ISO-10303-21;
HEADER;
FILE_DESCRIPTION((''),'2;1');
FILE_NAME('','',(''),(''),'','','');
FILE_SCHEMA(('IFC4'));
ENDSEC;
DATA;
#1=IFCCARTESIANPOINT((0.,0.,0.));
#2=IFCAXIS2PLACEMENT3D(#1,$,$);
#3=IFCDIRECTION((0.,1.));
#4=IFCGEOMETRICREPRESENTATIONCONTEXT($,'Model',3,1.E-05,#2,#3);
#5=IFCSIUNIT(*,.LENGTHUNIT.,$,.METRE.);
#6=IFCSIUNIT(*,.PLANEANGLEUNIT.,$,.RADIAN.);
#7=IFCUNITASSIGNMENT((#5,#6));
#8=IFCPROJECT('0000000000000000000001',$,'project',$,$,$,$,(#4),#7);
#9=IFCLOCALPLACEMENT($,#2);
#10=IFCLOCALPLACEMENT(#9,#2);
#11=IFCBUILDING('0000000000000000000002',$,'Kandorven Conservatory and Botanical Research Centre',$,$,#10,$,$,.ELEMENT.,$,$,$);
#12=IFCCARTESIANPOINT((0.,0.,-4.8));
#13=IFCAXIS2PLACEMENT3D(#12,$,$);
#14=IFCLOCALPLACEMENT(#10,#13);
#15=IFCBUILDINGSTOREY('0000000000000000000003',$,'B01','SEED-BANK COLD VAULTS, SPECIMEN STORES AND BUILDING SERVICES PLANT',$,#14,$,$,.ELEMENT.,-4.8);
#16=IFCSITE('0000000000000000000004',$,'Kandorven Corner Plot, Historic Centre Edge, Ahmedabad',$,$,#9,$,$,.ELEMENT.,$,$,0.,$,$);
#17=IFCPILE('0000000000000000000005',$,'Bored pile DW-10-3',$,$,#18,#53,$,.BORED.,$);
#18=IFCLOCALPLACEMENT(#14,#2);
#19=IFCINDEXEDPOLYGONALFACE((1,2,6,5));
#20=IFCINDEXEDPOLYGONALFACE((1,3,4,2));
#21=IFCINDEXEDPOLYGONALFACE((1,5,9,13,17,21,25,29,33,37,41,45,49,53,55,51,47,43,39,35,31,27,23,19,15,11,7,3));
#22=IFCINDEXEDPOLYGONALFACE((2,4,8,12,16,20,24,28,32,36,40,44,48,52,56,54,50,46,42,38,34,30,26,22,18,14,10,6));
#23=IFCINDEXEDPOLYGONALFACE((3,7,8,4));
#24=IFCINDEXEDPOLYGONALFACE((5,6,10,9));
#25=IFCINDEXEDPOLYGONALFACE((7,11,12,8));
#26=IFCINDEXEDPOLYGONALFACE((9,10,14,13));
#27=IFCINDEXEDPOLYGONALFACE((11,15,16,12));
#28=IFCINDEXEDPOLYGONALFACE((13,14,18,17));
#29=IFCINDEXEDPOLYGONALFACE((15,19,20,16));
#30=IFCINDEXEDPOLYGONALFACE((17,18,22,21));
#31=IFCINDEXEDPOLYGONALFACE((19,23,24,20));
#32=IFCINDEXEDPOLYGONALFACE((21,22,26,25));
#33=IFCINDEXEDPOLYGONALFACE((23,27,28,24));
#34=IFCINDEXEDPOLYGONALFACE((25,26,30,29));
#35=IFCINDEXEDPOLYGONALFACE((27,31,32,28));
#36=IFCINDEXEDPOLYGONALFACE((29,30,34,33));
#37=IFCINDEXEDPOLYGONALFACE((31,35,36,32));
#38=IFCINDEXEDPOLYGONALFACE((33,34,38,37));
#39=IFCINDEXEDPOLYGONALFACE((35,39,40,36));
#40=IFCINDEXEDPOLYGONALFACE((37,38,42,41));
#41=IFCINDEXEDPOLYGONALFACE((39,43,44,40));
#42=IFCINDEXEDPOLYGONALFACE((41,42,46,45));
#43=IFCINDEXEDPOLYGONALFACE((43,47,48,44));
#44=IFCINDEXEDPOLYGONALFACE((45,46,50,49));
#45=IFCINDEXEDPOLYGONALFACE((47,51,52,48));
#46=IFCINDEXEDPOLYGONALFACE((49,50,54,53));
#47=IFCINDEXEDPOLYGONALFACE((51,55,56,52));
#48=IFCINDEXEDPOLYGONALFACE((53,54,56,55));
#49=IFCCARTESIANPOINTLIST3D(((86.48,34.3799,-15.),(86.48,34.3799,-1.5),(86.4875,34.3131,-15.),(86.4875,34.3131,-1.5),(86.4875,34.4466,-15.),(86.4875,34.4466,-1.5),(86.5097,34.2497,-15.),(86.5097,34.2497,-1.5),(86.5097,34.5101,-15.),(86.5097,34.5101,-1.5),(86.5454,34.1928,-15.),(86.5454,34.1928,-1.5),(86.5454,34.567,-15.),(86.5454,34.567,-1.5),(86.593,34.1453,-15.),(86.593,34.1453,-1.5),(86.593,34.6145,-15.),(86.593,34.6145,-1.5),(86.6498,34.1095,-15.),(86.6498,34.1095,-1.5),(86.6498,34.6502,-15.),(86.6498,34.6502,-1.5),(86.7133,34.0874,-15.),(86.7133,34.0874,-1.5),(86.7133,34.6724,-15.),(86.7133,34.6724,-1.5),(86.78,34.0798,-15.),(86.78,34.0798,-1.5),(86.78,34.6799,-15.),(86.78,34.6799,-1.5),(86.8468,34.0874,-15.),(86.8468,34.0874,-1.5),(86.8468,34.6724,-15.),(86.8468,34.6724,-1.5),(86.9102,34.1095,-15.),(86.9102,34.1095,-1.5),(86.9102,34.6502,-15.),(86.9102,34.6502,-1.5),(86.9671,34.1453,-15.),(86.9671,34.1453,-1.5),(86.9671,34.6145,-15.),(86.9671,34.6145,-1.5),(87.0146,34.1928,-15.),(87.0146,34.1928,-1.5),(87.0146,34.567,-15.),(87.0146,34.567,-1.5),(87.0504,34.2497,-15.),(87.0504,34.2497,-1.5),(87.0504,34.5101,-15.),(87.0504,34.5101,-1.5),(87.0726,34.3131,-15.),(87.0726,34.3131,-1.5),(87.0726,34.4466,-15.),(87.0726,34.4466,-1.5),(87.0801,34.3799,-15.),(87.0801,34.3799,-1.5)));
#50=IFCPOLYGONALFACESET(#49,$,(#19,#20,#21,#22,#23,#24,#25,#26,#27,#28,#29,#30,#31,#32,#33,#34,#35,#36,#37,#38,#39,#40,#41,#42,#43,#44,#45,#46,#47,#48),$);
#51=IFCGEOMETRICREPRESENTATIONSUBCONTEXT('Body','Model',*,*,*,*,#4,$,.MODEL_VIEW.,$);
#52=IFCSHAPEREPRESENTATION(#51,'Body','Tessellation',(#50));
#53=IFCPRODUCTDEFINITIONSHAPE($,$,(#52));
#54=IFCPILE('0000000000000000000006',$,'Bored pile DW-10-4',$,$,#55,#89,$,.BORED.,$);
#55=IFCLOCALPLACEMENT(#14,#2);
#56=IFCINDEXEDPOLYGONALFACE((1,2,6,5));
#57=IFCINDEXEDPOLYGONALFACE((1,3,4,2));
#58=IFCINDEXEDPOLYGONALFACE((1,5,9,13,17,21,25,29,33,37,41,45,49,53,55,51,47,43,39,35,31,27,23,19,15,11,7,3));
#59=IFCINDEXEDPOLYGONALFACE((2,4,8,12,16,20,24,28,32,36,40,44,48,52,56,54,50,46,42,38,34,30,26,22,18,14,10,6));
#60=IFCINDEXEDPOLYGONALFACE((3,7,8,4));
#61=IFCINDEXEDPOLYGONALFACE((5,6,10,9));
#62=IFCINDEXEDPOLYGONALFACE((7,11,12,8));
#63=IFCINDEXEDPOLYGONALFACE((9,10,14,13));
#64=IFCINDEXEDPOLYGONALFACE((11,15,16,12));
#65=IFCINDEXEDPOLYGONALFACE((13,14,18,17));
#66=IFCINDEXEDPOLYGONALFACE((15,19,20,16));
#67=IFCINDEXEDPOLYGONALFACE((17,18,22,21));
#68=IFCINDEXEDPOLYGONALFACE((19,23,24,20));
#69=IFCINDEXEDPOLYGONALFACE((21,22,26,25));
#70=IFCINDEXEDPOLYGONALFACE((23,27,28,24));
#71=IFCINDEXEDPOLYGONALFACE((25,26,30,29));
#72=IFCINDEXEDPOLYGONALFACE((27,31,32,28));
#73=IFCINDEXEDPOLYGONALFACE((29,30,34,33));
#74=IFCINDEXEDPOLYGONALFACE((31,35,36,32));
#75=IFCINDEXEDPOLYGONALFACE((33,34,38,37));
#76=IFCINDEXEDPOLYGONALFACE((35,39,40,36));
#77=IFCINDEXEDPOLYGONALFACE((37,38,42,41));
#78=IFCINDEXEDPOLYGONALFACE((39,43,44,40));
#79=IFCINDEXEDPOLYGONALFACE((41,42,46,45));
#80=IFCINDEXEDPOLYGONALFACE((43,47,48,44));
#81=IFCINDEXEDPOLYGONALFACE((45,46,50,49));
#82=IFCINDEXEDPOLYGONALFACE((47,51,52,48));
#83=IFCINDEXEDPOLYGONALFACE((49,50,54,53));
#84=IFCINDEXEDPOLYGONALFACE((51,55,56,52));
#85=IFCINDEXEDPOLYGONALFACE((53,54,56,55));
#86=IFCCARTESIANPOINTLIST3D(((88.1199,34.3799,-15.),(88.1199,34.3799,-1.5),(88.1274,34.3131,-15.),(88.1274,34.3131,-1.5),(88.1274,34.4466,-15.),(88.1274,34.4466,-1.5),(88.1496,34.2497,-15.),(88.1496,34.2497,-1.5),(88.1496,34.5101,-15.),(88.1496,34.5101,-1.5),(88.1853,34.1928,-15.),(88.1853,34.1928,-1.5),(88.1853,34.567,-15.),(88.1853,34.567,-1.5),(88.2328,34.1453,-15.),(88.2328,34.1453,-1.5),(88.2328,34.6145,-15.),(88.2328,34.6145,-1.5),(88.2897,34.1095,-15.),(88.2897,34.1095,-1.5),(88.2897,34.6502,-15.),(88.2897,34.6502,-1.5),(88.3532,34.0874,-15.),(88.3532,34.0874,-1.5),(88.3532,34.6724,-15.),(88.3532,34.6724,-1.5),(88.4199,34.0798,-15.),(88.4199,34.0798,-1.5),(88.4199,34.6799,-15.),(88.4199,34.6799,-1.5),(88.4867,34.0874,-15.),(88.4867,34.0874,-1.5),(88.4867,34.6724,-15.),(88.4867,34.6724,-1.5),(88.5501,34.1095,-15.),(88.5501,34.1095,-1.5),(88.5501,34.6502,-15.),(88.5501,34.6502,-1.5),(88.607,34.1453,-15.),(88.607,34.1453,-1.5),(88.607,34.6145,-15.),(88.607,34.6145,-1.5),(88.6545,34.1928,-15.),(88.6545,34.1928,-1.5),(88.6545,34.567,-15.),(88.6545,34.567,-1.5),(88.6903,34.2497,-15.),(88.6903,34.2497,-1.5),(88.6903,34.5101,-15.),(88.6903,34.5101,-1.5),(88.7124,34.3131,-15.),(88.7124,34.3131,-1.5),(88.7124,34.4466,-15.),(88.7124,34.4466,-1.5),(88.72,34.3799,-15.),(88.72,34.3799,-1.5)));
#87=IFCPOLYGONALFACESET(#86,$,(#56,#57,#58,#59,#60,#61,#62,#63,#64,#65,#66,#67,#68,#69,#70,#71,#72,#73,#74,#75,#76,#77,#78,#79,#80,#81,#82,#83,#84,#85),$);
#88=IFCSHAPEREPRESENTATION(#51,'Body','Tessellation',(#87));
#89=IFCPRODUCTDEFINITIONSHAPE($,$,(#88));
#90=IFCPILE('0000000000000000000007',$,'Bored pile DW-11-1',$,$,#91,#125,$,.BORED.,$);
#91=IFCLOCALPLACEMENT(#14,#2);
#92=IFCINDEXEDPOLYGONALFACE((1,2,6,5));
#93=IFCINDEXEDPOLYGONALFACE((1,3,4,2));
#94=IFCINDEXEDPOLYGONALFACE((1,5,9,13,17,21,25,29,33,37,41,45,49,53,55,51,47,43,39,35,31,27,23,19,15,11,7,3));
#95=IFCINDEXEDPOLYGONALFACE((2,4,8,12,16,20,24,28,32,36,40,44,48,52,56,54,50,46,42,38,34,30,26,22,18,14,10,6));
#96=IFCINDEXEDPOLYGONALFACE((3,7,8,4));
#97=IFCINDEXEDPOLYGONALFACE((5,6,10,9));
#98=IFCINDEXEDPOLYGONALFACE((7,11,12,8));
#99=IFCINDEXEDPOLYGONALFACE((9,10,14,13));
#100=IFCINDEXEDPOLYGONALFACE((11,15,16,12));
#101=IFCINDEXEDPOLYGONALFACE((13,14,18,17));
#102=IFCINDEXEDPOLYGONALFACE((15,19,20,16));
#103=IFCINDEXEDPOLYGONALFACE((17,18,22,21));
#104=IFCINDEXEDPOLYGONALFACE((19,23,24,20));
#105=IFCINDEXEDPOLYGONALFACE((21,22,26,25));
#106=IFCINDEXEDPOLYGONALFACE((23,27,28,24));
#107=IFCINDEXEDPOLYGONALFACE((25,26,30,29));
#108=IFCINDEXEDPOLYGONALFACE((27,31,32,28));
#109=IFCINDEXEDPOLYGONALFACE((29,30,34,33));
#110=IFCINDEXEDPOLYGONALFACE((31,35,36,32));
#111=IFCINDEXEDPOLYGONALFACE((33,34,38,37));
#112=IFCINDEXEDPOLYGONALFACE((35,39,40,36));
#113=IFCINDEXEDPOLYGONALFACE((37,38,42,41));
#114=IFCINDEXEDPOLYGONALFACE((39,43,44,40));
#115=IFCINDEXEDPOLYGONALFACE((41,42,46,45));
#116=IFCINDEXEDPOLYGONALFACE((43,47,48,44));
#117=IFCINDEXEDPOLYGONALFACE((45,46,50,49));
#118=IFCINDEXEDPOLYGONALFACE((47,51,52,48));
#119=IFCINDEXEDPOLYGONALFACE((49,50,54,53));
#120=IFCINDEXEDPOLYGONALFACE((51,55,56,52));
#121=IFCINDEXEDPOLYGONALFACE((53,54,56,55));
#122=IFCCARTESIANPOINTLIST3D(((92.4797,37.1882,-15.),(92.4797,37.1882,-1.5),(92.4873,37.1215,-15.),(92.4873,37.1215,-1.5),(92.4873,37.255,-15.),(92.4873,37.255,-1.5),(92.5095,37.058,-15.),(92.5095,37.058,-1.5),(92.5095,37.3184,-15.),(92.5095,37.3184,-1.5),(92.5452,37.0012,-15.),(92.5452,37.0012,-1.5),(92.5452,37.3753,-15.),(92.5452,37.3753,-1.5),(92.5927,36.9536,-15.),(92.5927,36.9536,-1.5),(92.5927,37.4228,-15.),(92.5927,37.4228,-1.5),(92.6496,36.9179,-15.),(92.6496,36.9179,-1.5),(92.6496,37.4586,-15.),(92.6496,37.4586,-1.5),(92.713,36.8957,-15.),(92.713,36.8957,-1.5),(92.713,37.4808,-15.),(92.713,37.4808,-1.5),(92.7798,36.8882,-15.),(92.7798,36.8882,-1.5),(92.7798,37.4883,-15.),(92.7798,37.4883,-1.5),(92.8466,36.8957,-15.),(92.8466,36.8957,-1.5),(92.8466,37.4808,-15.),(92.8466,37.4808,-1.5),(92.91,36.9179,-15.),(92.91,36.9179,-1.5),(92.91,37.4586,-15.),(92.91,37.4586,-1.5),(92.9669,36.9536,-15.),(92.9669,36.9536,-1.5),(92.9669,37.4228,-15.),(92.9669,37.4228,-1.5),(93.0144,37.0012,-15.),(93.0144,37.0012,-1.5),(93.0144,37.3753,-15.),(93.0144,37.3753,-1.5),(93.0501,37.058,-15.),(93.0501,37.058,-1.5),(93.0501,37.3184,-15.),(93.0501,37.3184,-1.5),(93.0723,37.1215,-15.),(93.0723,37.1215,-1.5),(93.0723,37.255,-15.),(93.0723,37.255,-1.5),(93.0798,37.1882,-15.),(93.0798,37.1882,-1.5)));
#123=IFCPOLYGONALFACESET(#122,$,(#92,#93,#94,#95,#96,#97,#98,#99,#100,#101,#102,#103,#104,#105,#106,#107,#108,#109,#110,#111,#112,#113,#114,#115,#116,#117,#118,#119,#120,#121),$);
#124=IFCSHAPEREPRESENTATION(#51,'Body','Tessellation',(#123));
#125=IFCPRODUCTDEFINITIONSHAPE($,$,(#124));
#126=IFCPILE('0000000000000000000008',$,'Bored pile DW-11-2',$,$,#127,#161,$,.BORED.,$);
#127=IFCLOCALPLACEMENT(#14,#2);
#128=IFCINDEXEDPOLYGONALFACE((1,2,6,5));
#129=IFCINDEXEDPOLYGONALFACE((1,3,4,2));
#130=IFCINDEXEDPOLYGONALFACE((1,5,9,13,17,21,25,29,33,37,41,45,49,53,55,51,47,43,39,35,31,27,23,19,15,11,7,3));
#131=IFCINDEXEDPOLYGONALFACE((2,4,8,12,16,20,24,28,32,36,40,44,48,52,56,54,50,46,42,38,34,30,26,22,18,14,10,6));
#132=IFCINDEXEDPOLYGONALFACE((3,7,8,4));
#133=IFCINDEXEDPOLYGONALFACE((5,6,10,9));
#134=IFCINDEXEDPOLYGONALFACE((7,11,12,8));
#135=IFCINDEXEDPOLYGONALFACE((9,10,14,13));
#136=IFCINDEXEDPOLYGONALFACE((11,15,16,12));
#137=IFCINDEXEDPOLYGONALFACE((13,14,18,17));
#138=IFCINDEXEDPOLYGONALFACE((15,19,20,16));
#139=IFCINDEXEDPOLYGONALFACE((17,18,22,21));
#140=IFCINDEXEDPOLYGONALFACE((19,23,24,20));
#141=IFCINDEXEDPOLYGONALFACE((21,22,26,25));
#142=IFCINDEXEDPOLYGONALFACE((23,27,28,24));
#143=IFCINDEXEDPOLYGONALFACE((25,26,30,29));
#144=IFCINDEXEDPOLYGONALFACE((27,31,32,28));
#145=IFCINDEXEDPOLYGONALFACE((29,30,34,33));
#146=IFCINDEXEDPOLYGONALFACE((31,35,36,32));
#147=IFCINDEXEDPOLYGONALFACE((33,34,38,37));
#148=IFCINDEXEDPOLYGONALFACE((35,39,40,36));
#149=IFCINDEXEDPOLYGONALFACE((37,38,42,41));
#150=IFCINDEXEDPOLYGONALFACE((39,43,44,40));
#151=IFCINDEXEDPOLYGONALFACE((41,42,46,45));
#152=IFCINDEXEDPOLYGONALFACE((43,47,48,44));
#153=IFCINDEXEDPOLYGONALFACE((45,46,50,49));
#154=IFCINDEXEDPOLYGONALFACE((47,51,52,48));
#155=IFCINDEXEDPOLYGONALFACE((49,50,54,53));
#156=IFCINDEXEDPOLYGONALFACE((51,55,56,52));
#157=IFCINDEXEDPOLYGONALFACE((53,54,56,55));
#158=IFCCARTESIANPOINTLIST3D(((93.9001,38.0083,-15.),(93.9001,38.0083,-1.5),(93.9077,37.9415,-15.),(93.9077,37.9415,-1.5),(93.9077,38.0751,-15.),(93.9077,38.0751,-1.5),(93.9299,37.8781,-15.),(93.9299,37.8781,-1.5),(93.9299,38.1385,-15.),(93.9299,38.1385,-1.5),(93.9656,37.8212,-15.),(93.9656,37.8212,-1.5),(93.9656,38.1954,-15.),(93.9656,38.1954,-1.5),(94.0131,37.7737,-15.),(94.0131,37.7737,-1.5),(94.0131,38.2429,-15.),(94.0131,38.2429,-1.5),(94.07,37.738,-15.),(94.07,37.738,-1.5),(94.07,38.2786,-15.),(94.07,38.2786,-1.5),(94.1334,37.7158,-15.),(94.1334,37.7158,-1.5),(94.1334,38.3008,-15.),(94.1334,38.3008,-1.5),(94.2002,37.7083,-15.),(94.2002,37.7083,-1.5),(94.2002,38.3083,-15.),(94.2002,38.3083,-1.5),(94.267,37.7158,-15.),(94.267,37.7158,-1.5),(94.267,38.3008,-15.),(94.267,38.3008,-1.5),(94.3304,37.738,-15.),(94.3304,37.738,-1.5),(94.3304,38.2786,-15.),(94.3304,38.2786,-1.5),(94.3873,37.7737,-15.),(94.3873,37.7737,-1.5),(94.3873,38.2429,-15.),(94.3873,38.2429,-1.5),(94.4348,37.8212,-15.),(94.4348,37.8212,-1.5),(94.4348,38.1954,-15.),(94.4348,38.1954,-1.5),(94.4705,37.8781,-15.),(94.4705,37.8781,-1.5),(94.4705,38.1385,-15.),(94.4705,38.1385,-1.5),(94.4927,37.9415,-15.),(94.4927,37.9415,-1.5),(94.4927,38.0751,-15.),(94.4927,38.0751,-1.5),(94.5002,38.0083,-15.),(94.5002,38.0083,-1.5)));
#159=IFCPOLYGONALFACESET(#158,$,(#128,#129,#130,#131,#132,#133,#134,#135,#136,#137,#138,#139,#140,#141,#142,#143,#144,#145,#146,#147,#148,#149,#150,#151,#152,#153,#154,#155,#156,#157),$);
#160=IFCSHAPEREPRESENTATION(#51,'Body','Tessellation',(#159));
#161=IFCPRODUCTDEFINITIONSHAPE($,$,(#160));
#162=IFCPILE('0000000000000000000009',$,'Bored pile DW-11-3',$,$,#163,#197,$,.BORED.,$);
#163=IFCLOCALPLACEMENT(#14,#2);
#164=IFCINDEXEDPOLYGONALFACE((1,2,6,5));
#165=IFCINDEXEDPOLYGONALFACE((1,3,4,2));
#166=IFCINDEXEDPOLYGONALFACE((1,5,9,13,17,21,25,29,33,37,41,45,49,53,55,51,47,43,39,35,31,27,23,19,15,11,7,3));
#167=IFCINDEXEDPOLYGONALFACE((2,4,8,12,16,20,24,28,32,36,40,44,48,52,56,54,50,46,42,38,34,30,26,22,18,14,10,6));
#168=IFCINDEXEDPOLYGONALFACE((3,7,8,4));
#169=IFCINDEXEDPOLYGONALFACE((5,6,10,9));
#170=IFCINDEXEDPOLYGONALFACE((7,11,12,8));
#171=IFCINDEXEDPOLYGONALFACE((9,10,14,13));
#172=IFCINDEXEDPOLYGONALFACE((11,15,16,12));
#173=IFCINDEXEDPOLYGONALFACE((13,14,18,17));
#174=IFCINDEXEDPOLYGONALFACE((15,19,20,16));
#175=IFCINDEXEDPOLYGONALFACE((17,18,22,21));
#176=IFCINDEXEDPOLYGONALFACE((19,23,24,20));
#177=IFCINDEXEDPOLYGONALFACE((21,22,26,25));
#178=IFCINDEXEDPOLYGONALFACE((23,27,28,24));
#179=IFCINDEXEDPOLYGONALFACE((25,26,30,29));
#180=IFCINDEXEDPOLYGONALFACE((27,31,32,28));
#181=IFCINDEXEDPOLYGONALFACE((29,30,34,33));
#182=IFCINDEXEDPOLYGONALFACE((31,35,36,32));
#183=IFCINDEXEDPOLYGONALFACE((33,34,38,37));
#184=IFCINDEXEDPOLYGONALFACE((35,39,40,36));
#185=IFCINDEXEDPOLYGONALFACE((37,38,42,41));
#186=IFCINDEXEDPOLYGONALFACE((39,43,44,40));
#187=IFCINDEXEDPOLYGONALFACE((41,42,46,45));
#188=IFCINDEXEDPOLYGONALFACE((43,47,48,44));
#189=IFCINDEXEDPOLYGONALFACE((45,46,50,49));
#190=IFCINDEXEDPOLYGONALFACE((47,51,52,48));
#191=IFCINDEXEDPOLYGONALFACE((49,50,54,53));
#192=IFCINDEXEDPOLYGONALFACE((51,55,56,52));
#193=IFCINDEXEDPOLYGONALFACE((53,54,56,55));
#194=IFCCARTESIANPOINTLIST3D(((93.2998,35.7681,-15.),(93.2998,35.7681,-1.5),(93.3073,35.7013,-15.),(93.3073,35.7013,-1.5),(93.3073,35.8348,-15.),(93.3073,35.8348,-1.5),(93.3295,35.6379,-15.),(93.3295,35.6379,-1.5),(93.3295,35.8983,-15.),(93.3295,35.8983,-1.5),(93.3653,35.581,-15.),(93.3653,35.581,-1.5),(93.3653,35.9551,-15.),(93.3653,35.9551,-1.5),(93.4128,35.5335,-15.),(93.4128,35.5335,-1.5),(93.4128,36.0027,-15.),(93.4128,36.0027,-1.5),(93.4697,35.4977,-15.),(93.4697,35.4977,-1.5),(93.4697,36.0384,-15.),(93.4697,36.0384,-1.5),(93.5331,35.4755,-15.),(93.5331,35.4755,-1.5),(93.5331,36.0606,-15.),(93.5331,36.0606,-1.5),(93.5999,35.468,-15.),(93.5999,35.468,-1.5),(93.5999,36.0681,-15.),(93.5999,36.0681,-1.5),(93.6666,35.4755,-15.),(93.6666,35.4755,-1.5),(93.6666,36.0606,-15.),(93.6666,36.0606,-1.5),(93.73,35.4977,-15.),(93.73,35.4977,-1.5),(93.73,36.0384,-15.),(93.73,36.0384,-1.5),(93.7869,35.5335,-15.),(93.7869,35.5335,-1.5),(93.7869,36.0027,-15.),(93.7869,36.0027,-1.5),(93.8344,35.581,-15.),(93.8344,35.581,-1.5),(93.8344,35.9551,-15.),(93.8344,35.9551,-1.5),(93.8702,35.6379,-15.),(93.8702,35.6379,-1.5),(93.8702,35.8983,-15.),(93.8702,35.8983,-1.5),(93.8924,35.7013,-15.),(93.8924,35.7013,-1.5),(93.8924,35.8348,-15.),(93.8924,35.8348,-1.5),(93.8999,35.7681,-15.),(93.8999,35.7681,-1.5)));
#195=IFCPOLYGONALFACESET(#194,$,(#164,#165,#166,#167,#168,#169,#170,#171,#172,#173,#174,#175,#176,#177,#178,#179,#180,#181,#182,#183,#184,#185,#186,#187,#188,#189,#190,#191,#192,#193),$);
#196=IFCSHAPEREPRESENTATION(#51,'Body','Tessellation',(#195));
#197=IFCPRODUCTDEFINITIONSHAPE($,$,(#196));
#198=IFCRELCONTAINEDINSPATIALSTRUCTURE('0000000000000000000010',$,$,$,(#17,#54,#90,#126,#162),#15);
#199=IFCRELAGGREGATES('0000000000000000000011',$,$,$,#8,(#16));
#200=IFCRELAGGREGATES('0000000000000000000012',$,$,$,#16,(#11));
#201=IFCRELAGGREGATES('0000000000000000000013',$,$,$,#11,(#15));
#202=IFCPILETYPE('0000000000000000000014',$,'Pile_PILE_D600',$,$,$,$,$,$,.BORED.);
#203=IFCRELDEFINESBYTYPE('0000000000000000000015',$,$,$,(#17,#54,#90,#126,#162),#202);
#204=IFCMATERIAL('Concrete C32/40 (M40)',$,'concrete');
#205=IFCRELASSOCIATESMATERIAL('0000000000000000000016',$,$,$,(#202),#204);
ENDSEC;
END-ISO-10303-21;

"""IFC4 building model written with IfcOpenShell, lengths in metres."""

from ifc_helpers import new_model, si_unit, direction, frame, origin, origin_2d, place, context, subcontext, project, spatial, circle, extrude, material, material_profile, profile_set, type_object, element, save


model = new_model("IFC4")

# Units and contexts
model_context = context("Model", 3, precision=1e-05, world=origin(), true_north=direction((0.0, 1.0)))
body_context = subcontext(model_context, "Body", "Model", "MODEL_VIEW")
ifc_project = project(units=[si_unit("LENGTHUNIT", "METRE"), si_unit("PLANEANGLEUNIT", "RADIAN")], contexts=[model_context])

# Site, building, storey
site_placement = place(None, origin())
site = spatial("IfcSite", under=ifc_project, at=site_placement, Name="Kandorven Corner Plot, Historic Centre Edge, Ahmedabad", CompositionType="ELEMENT", RefElevation=0.0)
building_placement = place(site_placement, origin())
building = spatial("IfcBuilding", under=site, at=building_placement, Name="Kandorven Conservatory and Botanical Research Centre", CompositionType="ELEMENT")
storey_placement = place(building_placement, frame((0.0, 0.0, -4.8)))
storey = spatial("IfcBuildingStorey", under=building, at=storey_placement, Name="B01", Description="SEED-BANK COLD VAULTS, SPECIMEN STORES AND BUILDING SERVICES PLANT", CompositionType="ELEMENT", Elevation=-4.8)

# Piles
ifc_material_1 = material(Name="Concrete C32/40 (M40)", Category="concrete")
ifc_material_profile_1 = material_profile(ifc_material_1, circle(Radius=0.3, at=origin_2d()))
ifc_profile_set_1 = profile_set([ifc_material_profile_1], Name="Concrete C32/40 (M40)")
pile_type = type_object("IfcPileType", Name="Pile_PILE_D600", PredefinedType="BORED", material=ifc_profile_set_1)
for number, where, z_axis, x_axis, name in (
    (1, (86.78, 34.3799, -1.5), (0.0, 0.0, -1.0), (1.0, 0.0, 0.0), "Bored pile DW-10-3"),
    (2, (88.4199, 34.3799, -1.5), (0.0, 0.0, -1.0), (1.0, 0.0, 0.0), "Bored pile DW-10-4"),
    (3, (92.7798, 37.1882, -1.5), (0.0, 0.0, -1.0), (1.0, 0.0, 0.0), "Bored pile DW-11-1"),
    (4, (94.2002, 38.0083, -1.5), (0.0, 0.0, -1.0), (1.0, 0.0, 0.0), "Bored pile DW-11-2"),
    (5, (93.5999, 35.7681, -1.5), (0.0, 0.0, -1.0), (1.0, 0.0, 0.0), "Bored pile DW-11-3"),
):
    element("IfcPile", number, at=place(storey_placement, frame(where, z_axis=z_axis, x_axis=x_axis)), inside=storey, type_object=pile_type, Name=name, PredefinedType="BORED", context=body_context, shape_type="SweptSolid", body=[
        extrude(circle(Radius=0.3, at=origin_2d()), origin(), (0.0, 0.0, 1.0), 13.5),
    ])

save(model, "model.ifc")
